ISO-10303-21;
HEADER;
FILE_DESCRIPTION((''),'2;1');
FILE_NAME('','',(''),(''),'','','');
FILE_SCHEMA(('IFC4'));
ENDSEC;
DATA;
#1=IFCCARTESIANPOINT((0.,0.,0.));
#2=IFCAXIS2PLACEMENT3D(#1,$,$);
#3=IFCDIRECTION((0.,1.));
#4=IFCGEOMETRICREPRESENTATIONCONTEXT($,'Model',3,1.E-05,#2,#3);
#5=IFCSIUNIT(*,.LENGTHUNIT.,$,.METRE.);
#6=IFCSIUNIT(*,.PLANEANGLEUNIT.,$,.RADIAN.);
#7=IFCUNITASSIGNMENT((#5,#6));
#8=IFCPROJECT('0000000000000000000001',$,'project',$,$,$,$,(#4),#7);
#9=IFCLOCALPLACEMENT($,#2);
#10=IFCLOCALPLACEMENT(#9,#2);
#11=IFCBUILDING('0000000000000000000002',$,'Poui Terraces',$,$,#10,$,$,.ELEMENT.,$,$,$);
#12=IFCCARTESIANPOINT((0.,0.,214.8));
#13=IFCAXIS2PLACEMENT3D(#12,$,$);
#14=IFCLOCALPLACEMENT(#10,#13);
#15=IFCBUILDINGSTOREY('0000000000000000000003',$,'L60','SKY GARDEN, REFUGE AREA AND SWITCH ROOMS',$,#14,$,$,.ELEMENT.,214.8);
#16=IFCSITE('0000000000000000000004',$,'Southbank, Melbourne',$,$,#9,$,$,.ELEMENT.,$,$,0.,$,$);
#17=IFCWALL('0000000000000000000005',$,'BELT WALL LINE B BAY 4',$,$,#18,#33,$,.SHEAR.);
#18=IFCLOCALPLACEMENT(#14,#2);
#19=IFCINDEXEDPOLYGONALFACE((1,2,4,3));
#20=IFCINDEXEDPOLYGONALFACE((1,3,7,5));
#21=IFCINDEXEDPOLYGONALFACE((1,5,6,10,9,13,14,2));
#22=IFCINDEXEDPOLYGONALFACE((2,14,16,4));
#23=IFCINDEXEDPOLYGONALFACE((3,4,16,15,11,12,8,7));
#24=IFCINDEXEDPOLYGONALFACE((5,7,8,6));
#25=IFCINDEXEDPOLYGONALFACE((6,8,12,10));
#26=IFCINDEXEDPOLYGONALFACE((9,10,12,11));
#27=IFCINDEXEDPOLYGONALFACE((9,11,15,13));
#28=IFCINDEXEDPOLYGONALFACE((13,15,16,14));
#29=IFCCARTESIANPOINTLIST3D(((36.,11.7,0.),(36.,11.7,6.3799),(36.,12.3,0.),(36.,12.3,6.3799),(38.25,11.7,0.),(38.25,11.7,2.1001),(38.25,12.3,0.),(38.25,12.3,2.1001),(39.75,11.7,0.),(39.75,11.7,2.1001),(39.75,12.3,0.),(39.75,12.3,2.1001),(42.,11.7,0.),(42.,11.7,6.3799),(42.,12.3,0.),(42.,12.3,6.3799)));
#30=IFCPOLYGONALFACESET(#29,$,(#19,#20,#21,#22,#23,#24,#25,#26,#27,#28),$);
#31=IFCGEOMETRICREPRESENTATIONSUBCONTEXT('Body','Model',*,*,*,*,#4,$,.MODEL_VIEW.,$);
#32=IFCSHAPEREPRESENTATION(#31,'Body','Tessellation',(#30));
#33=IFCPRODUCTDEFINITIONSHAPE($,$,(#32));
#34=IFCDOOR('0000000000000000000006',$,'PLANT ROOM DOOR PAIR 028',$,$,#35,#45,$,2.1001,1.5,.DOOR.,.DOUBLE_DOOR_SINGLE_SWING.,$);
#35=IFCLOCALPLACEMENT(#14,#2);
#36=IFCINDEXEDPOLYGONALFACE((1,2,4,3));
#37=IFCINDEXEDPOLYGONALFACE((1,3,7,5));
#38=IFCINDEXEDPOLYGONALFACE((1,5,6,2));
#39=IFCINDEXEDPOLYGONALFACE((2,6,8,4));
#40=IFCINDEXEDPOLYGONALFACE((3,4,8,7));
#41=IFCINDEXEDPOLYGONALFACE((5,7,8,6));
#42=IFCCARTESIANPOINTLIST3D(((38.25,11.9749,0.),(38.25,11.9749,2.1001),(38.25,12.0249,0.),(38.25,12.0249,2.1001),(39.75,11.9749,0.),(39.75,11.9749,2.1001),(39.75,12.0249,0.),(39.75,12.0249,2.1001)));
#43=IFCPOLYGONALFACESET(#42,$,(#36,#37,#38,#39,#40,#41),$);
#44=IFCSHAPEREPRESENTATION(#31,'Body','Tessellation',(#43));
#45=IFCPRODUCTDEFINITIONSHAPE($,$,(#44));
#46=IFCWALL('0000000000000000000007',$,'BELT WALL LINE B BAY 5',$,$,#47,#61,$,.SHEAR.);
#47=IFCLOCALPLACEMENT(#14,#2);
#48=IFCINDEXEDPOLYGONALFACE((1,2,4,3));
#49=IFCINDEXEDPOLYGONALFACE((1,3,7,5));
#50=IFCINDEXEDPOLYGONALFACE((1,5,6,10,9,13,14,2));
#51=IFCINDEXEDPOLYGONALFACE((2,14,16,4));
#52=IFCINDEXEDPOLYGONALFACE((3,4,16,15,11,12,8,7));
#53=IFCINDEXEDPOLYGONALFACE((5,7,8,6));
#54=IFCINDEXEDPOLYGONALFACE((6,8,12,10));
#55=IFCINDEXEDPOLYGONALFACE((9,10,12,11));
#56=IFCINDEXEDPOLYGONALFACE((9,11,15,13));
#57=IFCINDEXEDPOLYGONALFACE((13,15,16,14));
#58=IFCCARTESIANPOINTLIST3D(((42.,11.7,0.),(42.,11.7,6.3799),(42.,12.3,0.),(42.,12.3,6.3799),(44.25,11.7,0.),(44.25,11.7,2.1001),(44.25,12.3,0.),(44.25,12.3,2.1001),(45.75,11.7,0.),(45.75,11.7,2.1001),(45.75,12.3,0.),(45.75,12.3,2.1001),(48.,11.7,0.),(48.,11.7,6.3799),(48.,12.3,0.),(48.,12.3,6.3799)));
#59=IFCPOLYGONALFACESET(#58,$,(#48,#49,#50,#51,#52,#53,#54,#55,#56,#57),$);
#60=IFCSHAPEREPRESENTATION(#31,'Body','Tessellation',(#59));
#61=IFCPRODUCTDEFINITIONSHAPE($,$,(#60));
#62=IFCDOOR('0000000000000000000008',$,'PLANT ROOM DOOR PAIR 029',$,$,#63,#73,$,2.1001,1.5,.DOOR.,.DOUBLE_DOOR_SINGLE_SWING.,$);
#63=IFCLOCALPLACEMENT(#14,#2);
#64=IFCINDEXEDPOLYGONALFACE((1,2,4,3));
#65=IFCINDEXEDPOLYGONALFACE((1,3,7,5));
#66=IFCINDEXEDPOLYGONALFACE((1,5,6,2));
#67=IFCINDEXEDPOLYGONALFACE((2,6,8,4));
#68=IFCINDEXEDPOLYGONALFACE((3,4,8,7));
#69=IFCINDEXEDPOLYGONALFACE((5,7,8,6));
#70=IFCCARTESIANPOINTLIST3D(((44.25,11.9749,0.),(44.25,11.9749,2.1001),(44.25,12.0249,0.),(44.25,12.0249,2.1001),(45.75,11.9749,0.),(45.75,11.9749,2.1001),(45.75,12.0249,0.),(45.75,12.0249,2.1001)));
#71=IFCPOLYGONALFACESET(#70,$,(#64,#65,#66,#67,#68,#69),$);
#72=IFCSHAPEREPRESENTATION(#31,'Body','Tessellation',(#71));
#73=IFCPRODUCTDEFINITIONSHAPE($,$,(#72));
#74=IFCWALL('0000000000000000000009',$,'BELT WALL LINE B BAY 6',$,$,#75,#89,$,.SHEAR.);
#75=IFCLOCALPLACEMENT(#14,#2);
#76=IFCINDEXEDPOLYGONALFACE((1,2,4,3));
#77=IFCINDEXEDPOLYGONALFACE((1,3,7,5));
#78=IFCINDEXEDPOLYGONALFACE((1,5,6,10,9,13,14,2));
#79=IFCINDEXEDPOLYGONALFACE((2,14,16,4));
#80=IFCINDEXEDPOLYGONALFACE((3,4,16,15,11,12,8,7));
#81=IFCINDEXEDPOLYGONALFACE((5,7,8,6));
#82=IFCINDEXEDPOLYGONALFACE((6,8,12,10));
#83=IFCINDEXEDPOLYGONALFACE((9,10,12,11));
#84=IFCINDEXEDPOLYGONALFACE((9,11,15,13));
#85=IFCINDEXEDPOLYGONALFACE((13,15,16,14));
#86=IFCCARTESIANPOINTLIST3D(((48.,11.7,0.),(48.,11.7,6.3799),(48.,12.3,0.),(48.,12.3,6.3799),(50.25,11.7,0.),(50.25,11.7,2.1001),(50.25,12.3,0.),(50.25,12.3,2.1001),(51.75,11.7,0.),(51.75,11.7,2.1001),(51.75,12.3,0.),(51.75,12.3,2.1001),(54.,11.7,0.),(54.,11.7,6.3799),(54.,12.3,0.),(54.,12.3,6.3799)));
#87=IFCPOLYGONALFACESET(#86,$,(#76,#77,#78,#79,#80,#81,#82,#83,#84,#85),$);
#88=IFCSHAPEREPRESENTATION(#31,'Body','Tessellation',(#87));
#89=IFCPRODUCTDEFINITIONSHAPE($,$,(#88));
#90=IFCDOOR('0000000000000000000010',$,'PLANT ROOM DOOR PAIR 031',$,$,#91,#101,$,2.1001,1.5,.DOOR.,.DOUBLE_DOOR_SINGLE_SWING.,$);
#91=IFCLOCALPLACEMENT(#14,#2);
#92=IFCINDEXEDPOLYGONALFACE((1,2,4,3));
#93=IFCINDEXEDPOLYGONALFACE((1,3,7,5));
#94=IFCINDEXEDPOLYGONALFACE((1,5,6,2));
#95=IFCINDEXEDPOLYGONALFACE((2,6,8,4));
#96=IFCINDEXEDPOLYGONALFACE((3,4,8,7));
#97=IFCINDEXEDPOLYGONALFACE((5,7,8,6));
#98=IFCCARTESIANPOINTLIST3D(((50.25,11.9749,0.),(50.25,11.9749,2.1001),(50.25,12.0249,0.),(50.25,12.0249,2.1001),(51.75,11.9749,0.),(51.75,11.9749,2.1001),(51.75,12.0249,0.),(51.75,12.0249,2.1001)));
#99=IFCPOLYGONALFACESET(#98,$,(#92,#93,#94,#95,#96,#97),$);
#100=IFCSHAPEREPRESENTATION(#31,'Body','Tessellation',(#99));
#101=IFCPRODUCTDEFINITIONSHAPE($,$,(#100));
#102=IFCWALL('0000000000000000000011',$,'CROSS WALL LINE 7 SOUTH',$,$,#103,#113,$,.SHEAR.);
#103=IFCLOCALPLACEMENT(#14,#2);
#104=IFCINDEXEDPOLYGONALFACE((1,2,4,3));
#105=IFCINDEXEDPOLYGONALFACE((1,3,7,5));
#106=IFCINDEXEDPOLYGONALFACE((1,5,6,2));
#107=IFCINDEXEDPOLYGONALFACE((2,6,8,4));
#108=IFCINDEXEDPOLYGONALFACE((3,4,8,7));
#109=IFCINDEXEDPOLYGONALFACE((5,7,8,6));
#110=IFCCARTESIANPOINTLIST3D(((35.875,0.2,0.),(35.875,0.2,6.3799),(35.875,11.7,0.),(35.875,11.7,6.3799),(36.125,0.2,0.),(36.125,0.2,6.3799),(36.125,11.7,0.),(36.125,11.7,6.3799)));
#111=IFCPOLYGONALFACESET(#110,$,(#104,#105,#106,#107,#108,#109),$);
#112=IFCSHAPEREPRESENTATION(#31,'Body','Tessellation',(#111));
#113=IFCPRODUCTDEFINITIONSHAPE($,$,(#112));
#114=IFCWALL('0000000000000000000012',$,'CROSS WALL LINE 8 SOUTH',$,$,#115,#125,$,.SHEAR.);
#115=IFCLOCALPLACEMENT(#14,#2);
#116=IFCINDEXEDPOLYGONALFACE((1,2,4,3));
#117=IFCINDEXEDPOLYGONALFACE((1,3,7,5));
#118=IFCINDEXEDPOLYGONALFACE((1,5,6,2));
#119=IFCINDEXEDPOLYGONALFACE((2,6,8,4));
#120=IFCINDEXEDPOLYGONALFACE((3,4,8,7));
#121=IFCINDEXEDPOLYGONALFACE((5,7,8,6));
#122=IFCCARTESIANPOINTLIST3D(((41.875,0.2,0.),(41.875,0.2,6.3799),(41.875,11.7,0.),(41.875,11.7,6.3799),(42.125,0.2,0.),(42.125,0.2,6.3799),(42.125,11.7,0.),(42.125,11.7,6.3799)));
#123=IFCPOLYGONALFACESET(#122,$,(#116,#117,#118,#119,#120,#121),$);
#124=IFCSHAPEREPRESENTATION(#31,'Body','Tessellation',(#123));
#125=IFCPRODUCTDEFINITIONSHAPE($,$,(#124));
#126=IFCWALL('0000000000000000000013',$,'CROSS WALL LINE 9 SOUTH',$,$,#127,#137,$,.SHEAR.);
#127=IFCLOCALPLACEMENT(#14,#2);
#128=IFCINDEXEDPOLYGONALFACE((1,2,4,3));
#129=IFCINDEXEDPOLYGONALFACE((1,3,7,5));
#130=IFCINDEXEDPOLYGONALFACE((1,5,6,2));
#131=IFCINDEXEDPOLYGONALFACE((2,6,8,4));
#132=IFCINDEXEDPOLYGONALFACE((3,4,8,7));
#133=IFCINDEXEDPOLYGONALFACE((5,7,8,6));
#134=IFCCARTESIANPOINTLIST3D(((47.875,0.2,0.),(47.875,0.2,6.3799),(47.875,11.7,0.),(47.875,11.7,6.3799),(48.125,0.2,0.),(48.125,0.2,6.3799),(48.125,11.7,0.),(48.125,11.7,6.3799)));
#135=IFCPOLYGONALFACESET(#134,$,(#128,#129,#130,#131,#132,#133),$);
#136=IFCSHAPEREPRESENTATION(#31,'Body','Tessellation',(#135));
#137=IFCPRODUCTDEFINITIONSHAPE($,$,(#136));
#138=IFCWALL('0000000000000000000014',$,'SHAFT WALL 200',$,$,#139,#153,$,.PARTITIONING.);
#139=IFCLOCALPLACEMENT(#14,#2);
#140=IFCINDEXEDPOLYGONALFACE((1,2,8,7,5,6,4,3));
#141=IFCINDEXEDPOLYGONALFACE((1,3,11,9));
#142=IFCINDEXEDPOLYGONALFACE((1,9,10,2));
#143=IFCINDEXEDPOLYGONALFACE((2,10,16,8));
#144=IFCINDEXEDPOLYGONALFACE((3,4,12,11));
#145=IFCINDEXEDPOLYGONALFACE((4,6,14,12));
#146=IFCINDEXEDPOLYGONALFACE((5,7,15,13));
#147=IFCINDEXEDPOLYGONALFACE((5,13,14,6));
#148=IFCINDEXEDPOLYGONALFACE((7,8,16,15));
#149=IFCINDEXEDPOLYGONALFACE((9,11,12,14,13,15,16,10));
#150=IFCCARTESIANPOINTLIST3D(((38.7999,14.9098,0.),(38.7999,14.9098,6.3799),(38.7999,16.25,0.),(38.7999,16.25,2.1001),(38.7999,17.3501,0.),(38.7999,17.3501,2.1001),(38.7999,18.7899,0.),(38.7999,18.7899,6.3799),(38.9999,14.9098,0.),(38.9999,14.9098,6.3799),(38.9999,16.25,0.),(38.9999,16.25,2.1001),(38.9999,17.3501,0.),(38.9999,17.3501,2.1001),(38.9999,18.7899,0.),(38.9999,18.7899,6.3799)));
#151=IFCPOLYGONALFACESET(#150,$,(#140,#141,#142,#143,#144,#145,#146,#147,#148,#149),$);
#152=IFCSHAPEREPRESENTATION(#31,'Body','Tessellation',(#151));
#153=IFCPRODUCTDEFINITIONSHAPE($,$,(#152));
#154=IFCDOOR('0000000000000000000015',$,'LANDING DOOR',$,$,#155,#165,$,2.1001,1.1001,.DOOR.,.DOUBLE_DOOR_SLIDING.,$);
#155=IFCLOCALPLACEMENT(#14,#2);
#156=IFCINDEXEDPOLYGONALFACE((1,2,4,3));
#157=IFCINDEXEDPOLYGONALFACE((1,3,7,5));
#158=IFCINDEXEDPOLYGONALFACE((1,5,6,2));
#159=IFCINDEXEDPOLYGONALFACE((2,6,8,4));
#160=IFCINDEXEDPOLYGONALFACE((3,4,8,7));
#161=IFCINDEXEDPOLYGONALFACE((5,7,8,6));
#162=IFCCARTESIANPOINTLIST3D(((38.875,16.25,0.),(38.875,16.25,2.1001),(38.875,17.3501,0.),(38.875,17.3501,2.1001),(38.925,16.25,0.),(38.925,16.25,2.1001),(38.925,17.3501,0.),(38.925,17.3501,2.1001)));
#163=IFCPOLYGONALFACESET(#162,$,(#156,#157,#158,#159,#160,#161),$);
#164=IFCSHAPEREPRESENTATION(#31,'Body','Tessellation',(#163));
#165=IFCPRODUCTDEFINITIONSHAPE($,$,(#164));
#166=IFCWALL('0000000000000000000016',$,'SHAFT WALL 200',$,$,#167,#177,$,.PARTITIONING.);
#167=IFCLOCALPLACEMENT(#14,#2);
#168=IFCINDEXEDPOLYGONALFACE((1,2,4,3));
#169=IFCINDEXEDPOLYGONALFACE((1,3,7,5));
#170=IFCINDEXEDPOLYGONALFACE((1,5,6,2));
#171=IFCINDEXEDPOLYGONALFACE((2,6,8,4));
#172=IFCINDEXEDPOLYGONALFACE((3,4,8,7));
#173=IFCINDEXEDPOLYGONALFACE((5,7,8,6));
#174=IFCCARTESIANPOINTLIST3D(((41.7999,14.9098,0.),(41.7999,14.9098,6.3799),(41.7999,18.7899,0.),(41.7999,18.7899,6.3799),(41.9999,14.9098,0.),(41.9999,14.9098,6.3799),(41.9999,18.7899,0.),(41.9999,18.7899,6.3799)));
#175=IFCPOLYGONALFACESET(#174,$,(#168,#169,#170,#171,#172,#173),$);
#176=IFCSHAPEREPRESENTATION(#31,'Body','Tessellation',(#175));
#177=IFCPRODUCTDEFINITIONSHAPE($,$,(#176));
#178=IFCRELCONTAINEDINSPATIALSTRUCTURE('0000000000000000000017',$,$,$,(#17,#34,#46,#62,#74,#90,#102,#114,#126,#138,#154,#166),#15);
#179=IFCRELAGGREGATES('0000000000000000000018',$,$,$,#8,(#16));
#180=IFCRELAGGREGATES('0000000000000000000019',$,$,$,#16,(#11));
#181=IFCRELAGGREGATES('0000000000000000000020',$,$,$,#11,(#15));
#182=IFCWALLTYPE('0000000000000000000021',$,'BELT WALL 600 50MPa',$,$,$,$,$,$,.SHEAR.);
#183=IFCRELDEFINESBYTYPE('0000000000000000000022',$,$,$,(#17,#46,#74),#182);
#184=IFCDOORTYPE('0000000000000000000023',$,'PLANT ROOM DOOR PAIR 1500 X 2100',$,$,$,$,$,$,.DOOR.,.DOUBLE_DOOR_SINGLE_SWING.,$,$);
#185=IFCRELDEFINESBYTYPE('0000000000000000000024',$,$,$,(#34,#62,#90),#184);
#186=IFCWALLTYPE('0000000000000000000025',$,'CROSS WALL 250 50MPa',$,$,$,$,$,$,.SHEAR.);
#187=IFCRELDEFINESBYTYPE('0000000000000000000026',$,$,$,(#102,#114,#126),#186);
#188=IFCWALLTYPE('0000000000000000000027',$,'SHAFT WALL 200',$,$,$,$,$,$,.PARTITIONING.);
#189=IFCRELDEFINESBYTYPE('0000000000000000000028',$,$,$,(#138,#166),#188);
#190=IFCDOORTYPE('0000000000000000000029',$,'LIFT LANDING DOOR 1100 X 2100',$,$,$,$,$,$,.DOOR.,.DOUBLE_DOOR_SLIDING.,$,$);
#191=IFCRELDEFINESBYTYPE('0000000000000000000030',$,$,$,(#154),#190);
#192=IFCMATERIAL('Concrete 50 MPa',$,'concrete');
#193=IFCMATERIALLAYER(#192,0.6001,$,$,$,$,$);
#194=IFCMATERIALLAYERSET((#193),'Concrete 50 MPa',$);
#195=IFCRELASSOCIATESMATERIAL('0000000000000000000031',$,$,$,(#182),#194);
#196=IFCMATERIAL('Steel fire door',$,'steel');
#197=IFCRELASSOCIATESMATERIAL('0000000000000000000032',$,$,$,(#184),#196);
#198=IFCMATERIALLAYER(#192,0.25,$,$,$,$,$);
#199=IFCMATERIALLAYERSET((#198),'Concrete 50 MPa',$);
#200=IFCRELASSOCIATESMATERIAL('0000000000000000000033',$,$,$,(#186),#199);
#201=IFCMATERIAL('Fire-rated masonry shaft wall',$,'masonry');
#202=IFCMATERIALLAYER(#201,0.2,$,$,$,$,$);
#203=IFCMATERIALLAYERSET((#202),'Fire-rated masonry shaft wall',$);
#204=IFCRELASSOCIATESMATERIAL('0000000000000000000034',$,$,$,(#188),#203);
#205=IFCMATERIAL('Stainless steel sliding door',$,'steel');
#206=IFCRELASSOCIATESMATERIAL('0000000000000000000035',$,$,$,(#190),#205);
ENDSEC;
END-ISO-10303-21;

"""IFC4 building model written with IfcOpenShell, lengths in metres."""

from ifc_helpers import new_model, si_unit, direction, frame, frame_2d, origin, place, context, subcontext, project, spatial, rectangle, extrude, material, layer, layer_set, type_object, element, fill, save


model = new_model("IFC4")

# Units and contexts
model_context = context("Model", 3, precision=1e-05, world=origin(), true_north=direction((0.0, 1.0)))
body_context = subcontext(model_context, "Body", "Model", "MODEL_VIEW")
ifc_project = project(units=[si_unit("LENGTHUNIT", "METRE"), si_unit("PLANEANGLEUNIT", "RADIAN")], contexts=[model_context])

# Site, building, storey
site_placement = place(None, origin())
site = spatial("IfcSite", under=ifc_project, at=site_placement, Name="Southbank, Melbourne", CompositionType="ELEMENT", RefElevation=0.0)
building_placement = place(site_placement, origin())
building = spatial("IfcBuilding", under=site, at=building_placement, Name="Poui Terraces", CompositionType="ELEMENT")
storey_placement = place(building_placement, frame((0.0, 0.0, 214.8)))
storey = spatial("IfcBuildingStorey", under=building, at=storey_placement, Name="L60", Description="SKY GARDEN, REFUGE AREA AND SWITCH ROOMS", CompositionType="ELEMENT", Elevation=214.8)

# Walls, openings, doors
ifc_material_1 = material(Name="Concrete 50 MPa", Category="concrete")
ifc_layer_1 = layer(ifc_material_1, 0.6001)
ifc_layer_set_1 = layer_set([ifc_layer_1], Name="Concrete 50 MPa")
wall_type_1 = type_object("IfcWallType", Name="BELT WALL 600 50MPa", PredefinedType="SHEAR", material=ifc_layer_set_1)
wall_1_placement = place(storey_placement, frame((36.0, 12.0, 0.0), z_axis=(0.0, 0.0, 1.0), x_axis=(1.0, 0.0, 0.0)))
wall_1 = element("IfcWall", 1, at=wall_1_placement, inside=storey, type_object=wall_type_1, Name="BELT WALL LINE B BAY 4", PredefinedType="SHEAR", context=body_context, shape_type="SweptSolid", body=[
    extrude(rectangle(XDim=6.0, YDim=0.6001, at=frame_2d((3.0, 0.0))), origin(), (0.0, 0.0, 1.0), 6.3799),
])
opening_1_placement = place(wall_1_placement, frame((2.25, 0.0, 0.0)))
opening_1 = element("IfcOpeningElement", 2, at=opening_1_placement, cuts=wall_1, PredefinedType="OPENING", context=body_context, shape_type="SweptSolid", body=[
    extrude(rectangle(XDim=1.5, YDim=2.1001, at=frame_2d((0.75, 1.05))), frame((0.0, 0.3101, 0.0), z_axis=(0.0, -1.0, 0.0), x_axis=(1.0, 0.0, 0.0)), (0.0, 0.0, 1.0), 0.6201),
])
ifc_material_2 = material(Name="Steel fire door", Category="steel")
door_type_1 = type_object("IfcDoorType", Name="PLANT ROOM DOOR PAIR 1500 X 2100", OperationType="DOUBLE_DOOR_SINGLE_SWING", PredefinedType="DOOR", material=ifc_material_2)
door_1_placement = place(opening_1_placement, origin())
door_1 = element("IfcDoor", 3, at=door_1_placement, inside=storey, type_object=door_type_1, Name="PLANT ROOM DOOR PAIR 028", OperationType="DOUBLE_DOOR_SINGLE_SWING", OverallHeight=2.1001, OverallWidth=1.5, PredefinedType="DOOR", context=body_context, shape_type="SweptSolid", body=[
    extrude(rectangle(XDim=1.5, YDim=2.1001, at=frame_2d((0.75, 1.05))), frame((0.0, 0.0249, 0.0), z_axis=(0.0, -1.0, 0.0), x_axis=(1.0, 0.0, 0.0)), (0.0, 0.0, 1.0), 0.05),
])
fill(opening_1, door_1)
wall_2_placement = place(storey_placement, frame((42.0, 12.0, 0.0), z_axis=(0.0, 0.0, 1.0), x_axis=(1.0, 0.0, 0.0)))
wall_2 = element("IfcWall", 4, at=wall_2_placement, inside=storey, type_object=wall_type_1, Name="BELT WALL LINE B BAY 5", PredefinedType="SHEAR", context=body_context, shape_type="SweptSolid", body=[
    extrude(rectangle(XDim=6.0, YDim=0.6001, at=frame_2d((3.0, 0.0))), origin(), (0.0, 0.0, 1.0), 6.3799),
])
opening_2_placement = place(wall_2_placement, frame((2.25, 0.0, 0.0)))
opening_2 = element("IfcOpeningElement", 5, at=opening_2_placement, cuts=wall_2, PredefinedType="OPENING", context=body_context, shape_type="SweptSolid", body=[
    extrude(rectangle(XDim=1.5, YDim=2.1001, at=frame_2d((0.75, 1.05))), frame((0.0, 0.3101, 0.0), z_axis=(0.0, -1.0, 0.0), x_axis=(1.0, 0.0, 0.0)), (0.0, 0.0, 1.0), 0.6201),
])
door_2_placement = place(opening_2_placement, origin())
door_2 = element("IfcDoor", 6, at=door_2_placement, inside=storey, type_object=door_type_1, Name="PLANT ROOM DOOR PAIR 029", OperationType="DOUBLE_DOOR_SINGLE_SWING", OverallHeight=2.1001, OverallWidth=1.5, PredefinedType="DOOR", context=body_context, shape_type="SweptSolid", body=[
    extrude(rectangle(XDim=1.5, YDim=2.1001, at=frame_2d((0.75, 1.05))), frame((0.0, 0.0249, 0.0), z_axis=(0.0, -1.0, 0.0), x_axis=(1.0, 0.0, 0.0)), (0.0, 0.0, 1.0), 0.05),
])
fill(opening_2, door_2)
wall_3_placement = place(storey_placement, frame((48.0, 12.0, 0.0), z_axis=(0.0, 0.0, 1.0), x_axis=(1.0, 0.0, 0.0)))
wall_3 = element("IfcWall", 7, at=wall_3_placement, inside=storey, type_object=wall_type_1, Name="BELT WALL LINE B BAY 6", PredefinedType="SHEAR", context=body_context, shape_type="SweptSolid", body=[
    extrude(rectangle(XDim=6.0, YDim=0.6001, at=frame_2d((3.0, 0.0))), origin(), (0.0, 0.0, 1.0), 6.3799),
])
opening_3_placement = place(wall_3_placement, frame((2.25, 0.0, 0.0)))
opening_3 = element("IfcOpeningElement", 8, at=opening_3_placement, cuts=wall_3, PredefinedType="OPENING", context=body_context, shape_type="SweptSolid", body=[
    extrude(rectangle(XDim=1.5, YDim=2.1001, at=frame_2d((0.75, 1.05))), frame((0.0, 0.3101, 0.0), z_axis=(0.0, -1.0, 0.0), x_axis=(1.0, 0.0, 0.0)), (0.0, 0.0, 1.0), 0.6201),
])
door_3_placement = place(opening_3_placement, origin())
door_3 = element("IfcDoor", 9, at=door_3_placement, inside=storey, type_object=door_type_1, Name="PLANT ROOM DOOR PAIR 031", OperationType="DOUBLE_DOOR_SINGLE_SWING", OverallHeight=2.1001, OverallWidth=1.5, PredefinedType="DOOR", context=body_context, shape_type="SweptSolid", body=[
    extrude(rectangle(XDim=1.5, YDim=2.1001, at=frame_2d((0.75, 1.05))), frame((0.0, 0.0249, 0.0), z_axis=(0.0, -1.0, 0.0), x_axis=(1.0, 0.0, 0.0)), (0.0, 0.0, 1.0), 0.05),
])
fill(opening_3, door_3)

# Walls
ifc_layer_2 = layer(ifc_material_1, 0.25)
ifc_layer_set_2 = layer_set([ifc_layer_2], Name="Concrete 50 MPa")
wall_type_2 = type_object("IfcWallType", Name="CROSS WALL 250 50MPa", PredefinedType="SHEAR", material=ifc_layer_set_2)
for number, where, z_axis, x_axis, name in (
    (10, (36.0, 0.2, 0.0), (0.0, 0.0, 1.0), (0.0, 1.0, 0.0), "CROSS WALL LINE 7 SOUTH"),
    (11, (42.0, 0.2, 0.0), (0.0, 0.0, 1.0), (0.0, 1.0, 0.0), "CROSS WALL LINE 8 SOUTH"),
    (12, (48.0, 0.2, 0.0), (0.0, 0.0, 1.0), (0.0, 1.0, 0.0), "CROSS WALL LINE 9 SOUTH"),
):
    element("IfcWall", number, at=place(storey_placement, frame(where, z_axis=z_axis, x_axis=x_axis)), inside=storey, type_object=wall_type_2, Name=name, PredefinedType="SHEAR", context=body_context, shape_type="SweptSolid", body=[
        extrude(rectangle(XDim=11.5, YDim=0.25, at=frame_2d((5.75, 0.0))), origin(), (0.0, 0.0, 1.0), 6.3799),
    ])

# Wall, opening, door
ifc_material_3 = material(Name="Fire-rated masonry shaft wall", Category="masonry")
ifc_layer_3 = layer(ifc_material_3, 0.2)
ifc_layer_set_3 = layer_set([ifc_layer_3], Name="Fire-rated masonry shaft wall")
wall_type_3 = type_object("IfcWallType", Name="SHAFT WALL 200", PredefinedType="PARTITIONING", material=ifc_layer_set_3)
wall_4_placement = place(storey_placement, frame((38.8999, 14.9099, 0.0), z_axis=(0.0, 0.0, 1.0), x_axis=(0.0, 1.0, 0.0)))
wall_4 = element("IfcWall", 13, at=wall_4_placement, inside=storey, type_object=wall_type_3, Name="SHAFT WALL 200", PredefinedType="PARTITIONING", context=body_context, shape_type="SweptSolid", body=[
    extrude(rectangle(XDim=3.8801, YDim=0.2, at=frame_2d((1.9399, 0.0))), origin(), (0.0, 0.0, 1.0), 6.3799),
])
opening_4_placement = place(wall_4_placement, frame((1.3401, 0.0, 0.0)))
opening_4 = element("IfcOpeningElement", 14, at=opening_4_placement, cuts=wall_4, PredefinedType="OPENING", context=body_context, shape_type="SweptSolid", body=[
    extrude(rectangle(XDim=1.1001, YDim=2.1001, at=frame_2d((0.55, 1.05))), frame((0.0, 0.1099, 0.0), z_axis=(0.0, -1.0, 0.0), x_axis=(1.0, 0.0, 0.0)), (0.0, 0.0, 1.0), 0.22),
])
ifc_material_4 = material(Name="Stainless steel sliding door", Category="steel")
door_type_2 = type_object("IfcDoorType", Name="LIFT LANDING DOOR 1100 X 2100", OperationType="DOUBLE_DOOR_SLIDING", PredefinedType="DOOR", material=ifc_material_4)
door_4_placement = place(opening_4_placement, origin())
door_4 = element("IfcDoor", 15, at=door_4_placement, inside=storey, type_object=door_type_2, Name="LANDING DOOR", OperationType="DOUBLE_DOOR_SLIDING", OverallHeight=2.1001, OverallWidth=1.1001, PredefinedType="DOOR", context=body_context, shape_type="SweptSolid", body=[
    extrude(rectangle(XDim=1.1001, YDim=2.1001, at=frame_2d((0.55, 1.05))), frame((0.0, 0.0249, 0.0), z_axis=(0.0, -1.0, 0.0), x_axis=(1.0, 0.0, 0.0)), (0.0, 0.0, 1.0), 0.05),
])
fill(opening_4, door_4)

# Wall
wall_5_placement = place(storey_placement, frame((41.8999, 14.9099, 0.0), z_axis=(0.0, 0.0, 1.0), x_axis=(0.0, 1.0, 0.0)))
element("IfcWall", 16, at=wall_5_placement, inside=storey, type_object=wall_type_3, Name="SHAFT WALL 200", PredefinedType="PARTITIONING", context=body_context, shape_type="SweptSolid", body=[
    extrude(rectangle(XDim=3.8801, YDim=0.2, at=frame_2d((1.9399, 0.0))), origin(), (0.0, 0.0, 1.0), 6.3799),
])

save(model, "model.ifc")
